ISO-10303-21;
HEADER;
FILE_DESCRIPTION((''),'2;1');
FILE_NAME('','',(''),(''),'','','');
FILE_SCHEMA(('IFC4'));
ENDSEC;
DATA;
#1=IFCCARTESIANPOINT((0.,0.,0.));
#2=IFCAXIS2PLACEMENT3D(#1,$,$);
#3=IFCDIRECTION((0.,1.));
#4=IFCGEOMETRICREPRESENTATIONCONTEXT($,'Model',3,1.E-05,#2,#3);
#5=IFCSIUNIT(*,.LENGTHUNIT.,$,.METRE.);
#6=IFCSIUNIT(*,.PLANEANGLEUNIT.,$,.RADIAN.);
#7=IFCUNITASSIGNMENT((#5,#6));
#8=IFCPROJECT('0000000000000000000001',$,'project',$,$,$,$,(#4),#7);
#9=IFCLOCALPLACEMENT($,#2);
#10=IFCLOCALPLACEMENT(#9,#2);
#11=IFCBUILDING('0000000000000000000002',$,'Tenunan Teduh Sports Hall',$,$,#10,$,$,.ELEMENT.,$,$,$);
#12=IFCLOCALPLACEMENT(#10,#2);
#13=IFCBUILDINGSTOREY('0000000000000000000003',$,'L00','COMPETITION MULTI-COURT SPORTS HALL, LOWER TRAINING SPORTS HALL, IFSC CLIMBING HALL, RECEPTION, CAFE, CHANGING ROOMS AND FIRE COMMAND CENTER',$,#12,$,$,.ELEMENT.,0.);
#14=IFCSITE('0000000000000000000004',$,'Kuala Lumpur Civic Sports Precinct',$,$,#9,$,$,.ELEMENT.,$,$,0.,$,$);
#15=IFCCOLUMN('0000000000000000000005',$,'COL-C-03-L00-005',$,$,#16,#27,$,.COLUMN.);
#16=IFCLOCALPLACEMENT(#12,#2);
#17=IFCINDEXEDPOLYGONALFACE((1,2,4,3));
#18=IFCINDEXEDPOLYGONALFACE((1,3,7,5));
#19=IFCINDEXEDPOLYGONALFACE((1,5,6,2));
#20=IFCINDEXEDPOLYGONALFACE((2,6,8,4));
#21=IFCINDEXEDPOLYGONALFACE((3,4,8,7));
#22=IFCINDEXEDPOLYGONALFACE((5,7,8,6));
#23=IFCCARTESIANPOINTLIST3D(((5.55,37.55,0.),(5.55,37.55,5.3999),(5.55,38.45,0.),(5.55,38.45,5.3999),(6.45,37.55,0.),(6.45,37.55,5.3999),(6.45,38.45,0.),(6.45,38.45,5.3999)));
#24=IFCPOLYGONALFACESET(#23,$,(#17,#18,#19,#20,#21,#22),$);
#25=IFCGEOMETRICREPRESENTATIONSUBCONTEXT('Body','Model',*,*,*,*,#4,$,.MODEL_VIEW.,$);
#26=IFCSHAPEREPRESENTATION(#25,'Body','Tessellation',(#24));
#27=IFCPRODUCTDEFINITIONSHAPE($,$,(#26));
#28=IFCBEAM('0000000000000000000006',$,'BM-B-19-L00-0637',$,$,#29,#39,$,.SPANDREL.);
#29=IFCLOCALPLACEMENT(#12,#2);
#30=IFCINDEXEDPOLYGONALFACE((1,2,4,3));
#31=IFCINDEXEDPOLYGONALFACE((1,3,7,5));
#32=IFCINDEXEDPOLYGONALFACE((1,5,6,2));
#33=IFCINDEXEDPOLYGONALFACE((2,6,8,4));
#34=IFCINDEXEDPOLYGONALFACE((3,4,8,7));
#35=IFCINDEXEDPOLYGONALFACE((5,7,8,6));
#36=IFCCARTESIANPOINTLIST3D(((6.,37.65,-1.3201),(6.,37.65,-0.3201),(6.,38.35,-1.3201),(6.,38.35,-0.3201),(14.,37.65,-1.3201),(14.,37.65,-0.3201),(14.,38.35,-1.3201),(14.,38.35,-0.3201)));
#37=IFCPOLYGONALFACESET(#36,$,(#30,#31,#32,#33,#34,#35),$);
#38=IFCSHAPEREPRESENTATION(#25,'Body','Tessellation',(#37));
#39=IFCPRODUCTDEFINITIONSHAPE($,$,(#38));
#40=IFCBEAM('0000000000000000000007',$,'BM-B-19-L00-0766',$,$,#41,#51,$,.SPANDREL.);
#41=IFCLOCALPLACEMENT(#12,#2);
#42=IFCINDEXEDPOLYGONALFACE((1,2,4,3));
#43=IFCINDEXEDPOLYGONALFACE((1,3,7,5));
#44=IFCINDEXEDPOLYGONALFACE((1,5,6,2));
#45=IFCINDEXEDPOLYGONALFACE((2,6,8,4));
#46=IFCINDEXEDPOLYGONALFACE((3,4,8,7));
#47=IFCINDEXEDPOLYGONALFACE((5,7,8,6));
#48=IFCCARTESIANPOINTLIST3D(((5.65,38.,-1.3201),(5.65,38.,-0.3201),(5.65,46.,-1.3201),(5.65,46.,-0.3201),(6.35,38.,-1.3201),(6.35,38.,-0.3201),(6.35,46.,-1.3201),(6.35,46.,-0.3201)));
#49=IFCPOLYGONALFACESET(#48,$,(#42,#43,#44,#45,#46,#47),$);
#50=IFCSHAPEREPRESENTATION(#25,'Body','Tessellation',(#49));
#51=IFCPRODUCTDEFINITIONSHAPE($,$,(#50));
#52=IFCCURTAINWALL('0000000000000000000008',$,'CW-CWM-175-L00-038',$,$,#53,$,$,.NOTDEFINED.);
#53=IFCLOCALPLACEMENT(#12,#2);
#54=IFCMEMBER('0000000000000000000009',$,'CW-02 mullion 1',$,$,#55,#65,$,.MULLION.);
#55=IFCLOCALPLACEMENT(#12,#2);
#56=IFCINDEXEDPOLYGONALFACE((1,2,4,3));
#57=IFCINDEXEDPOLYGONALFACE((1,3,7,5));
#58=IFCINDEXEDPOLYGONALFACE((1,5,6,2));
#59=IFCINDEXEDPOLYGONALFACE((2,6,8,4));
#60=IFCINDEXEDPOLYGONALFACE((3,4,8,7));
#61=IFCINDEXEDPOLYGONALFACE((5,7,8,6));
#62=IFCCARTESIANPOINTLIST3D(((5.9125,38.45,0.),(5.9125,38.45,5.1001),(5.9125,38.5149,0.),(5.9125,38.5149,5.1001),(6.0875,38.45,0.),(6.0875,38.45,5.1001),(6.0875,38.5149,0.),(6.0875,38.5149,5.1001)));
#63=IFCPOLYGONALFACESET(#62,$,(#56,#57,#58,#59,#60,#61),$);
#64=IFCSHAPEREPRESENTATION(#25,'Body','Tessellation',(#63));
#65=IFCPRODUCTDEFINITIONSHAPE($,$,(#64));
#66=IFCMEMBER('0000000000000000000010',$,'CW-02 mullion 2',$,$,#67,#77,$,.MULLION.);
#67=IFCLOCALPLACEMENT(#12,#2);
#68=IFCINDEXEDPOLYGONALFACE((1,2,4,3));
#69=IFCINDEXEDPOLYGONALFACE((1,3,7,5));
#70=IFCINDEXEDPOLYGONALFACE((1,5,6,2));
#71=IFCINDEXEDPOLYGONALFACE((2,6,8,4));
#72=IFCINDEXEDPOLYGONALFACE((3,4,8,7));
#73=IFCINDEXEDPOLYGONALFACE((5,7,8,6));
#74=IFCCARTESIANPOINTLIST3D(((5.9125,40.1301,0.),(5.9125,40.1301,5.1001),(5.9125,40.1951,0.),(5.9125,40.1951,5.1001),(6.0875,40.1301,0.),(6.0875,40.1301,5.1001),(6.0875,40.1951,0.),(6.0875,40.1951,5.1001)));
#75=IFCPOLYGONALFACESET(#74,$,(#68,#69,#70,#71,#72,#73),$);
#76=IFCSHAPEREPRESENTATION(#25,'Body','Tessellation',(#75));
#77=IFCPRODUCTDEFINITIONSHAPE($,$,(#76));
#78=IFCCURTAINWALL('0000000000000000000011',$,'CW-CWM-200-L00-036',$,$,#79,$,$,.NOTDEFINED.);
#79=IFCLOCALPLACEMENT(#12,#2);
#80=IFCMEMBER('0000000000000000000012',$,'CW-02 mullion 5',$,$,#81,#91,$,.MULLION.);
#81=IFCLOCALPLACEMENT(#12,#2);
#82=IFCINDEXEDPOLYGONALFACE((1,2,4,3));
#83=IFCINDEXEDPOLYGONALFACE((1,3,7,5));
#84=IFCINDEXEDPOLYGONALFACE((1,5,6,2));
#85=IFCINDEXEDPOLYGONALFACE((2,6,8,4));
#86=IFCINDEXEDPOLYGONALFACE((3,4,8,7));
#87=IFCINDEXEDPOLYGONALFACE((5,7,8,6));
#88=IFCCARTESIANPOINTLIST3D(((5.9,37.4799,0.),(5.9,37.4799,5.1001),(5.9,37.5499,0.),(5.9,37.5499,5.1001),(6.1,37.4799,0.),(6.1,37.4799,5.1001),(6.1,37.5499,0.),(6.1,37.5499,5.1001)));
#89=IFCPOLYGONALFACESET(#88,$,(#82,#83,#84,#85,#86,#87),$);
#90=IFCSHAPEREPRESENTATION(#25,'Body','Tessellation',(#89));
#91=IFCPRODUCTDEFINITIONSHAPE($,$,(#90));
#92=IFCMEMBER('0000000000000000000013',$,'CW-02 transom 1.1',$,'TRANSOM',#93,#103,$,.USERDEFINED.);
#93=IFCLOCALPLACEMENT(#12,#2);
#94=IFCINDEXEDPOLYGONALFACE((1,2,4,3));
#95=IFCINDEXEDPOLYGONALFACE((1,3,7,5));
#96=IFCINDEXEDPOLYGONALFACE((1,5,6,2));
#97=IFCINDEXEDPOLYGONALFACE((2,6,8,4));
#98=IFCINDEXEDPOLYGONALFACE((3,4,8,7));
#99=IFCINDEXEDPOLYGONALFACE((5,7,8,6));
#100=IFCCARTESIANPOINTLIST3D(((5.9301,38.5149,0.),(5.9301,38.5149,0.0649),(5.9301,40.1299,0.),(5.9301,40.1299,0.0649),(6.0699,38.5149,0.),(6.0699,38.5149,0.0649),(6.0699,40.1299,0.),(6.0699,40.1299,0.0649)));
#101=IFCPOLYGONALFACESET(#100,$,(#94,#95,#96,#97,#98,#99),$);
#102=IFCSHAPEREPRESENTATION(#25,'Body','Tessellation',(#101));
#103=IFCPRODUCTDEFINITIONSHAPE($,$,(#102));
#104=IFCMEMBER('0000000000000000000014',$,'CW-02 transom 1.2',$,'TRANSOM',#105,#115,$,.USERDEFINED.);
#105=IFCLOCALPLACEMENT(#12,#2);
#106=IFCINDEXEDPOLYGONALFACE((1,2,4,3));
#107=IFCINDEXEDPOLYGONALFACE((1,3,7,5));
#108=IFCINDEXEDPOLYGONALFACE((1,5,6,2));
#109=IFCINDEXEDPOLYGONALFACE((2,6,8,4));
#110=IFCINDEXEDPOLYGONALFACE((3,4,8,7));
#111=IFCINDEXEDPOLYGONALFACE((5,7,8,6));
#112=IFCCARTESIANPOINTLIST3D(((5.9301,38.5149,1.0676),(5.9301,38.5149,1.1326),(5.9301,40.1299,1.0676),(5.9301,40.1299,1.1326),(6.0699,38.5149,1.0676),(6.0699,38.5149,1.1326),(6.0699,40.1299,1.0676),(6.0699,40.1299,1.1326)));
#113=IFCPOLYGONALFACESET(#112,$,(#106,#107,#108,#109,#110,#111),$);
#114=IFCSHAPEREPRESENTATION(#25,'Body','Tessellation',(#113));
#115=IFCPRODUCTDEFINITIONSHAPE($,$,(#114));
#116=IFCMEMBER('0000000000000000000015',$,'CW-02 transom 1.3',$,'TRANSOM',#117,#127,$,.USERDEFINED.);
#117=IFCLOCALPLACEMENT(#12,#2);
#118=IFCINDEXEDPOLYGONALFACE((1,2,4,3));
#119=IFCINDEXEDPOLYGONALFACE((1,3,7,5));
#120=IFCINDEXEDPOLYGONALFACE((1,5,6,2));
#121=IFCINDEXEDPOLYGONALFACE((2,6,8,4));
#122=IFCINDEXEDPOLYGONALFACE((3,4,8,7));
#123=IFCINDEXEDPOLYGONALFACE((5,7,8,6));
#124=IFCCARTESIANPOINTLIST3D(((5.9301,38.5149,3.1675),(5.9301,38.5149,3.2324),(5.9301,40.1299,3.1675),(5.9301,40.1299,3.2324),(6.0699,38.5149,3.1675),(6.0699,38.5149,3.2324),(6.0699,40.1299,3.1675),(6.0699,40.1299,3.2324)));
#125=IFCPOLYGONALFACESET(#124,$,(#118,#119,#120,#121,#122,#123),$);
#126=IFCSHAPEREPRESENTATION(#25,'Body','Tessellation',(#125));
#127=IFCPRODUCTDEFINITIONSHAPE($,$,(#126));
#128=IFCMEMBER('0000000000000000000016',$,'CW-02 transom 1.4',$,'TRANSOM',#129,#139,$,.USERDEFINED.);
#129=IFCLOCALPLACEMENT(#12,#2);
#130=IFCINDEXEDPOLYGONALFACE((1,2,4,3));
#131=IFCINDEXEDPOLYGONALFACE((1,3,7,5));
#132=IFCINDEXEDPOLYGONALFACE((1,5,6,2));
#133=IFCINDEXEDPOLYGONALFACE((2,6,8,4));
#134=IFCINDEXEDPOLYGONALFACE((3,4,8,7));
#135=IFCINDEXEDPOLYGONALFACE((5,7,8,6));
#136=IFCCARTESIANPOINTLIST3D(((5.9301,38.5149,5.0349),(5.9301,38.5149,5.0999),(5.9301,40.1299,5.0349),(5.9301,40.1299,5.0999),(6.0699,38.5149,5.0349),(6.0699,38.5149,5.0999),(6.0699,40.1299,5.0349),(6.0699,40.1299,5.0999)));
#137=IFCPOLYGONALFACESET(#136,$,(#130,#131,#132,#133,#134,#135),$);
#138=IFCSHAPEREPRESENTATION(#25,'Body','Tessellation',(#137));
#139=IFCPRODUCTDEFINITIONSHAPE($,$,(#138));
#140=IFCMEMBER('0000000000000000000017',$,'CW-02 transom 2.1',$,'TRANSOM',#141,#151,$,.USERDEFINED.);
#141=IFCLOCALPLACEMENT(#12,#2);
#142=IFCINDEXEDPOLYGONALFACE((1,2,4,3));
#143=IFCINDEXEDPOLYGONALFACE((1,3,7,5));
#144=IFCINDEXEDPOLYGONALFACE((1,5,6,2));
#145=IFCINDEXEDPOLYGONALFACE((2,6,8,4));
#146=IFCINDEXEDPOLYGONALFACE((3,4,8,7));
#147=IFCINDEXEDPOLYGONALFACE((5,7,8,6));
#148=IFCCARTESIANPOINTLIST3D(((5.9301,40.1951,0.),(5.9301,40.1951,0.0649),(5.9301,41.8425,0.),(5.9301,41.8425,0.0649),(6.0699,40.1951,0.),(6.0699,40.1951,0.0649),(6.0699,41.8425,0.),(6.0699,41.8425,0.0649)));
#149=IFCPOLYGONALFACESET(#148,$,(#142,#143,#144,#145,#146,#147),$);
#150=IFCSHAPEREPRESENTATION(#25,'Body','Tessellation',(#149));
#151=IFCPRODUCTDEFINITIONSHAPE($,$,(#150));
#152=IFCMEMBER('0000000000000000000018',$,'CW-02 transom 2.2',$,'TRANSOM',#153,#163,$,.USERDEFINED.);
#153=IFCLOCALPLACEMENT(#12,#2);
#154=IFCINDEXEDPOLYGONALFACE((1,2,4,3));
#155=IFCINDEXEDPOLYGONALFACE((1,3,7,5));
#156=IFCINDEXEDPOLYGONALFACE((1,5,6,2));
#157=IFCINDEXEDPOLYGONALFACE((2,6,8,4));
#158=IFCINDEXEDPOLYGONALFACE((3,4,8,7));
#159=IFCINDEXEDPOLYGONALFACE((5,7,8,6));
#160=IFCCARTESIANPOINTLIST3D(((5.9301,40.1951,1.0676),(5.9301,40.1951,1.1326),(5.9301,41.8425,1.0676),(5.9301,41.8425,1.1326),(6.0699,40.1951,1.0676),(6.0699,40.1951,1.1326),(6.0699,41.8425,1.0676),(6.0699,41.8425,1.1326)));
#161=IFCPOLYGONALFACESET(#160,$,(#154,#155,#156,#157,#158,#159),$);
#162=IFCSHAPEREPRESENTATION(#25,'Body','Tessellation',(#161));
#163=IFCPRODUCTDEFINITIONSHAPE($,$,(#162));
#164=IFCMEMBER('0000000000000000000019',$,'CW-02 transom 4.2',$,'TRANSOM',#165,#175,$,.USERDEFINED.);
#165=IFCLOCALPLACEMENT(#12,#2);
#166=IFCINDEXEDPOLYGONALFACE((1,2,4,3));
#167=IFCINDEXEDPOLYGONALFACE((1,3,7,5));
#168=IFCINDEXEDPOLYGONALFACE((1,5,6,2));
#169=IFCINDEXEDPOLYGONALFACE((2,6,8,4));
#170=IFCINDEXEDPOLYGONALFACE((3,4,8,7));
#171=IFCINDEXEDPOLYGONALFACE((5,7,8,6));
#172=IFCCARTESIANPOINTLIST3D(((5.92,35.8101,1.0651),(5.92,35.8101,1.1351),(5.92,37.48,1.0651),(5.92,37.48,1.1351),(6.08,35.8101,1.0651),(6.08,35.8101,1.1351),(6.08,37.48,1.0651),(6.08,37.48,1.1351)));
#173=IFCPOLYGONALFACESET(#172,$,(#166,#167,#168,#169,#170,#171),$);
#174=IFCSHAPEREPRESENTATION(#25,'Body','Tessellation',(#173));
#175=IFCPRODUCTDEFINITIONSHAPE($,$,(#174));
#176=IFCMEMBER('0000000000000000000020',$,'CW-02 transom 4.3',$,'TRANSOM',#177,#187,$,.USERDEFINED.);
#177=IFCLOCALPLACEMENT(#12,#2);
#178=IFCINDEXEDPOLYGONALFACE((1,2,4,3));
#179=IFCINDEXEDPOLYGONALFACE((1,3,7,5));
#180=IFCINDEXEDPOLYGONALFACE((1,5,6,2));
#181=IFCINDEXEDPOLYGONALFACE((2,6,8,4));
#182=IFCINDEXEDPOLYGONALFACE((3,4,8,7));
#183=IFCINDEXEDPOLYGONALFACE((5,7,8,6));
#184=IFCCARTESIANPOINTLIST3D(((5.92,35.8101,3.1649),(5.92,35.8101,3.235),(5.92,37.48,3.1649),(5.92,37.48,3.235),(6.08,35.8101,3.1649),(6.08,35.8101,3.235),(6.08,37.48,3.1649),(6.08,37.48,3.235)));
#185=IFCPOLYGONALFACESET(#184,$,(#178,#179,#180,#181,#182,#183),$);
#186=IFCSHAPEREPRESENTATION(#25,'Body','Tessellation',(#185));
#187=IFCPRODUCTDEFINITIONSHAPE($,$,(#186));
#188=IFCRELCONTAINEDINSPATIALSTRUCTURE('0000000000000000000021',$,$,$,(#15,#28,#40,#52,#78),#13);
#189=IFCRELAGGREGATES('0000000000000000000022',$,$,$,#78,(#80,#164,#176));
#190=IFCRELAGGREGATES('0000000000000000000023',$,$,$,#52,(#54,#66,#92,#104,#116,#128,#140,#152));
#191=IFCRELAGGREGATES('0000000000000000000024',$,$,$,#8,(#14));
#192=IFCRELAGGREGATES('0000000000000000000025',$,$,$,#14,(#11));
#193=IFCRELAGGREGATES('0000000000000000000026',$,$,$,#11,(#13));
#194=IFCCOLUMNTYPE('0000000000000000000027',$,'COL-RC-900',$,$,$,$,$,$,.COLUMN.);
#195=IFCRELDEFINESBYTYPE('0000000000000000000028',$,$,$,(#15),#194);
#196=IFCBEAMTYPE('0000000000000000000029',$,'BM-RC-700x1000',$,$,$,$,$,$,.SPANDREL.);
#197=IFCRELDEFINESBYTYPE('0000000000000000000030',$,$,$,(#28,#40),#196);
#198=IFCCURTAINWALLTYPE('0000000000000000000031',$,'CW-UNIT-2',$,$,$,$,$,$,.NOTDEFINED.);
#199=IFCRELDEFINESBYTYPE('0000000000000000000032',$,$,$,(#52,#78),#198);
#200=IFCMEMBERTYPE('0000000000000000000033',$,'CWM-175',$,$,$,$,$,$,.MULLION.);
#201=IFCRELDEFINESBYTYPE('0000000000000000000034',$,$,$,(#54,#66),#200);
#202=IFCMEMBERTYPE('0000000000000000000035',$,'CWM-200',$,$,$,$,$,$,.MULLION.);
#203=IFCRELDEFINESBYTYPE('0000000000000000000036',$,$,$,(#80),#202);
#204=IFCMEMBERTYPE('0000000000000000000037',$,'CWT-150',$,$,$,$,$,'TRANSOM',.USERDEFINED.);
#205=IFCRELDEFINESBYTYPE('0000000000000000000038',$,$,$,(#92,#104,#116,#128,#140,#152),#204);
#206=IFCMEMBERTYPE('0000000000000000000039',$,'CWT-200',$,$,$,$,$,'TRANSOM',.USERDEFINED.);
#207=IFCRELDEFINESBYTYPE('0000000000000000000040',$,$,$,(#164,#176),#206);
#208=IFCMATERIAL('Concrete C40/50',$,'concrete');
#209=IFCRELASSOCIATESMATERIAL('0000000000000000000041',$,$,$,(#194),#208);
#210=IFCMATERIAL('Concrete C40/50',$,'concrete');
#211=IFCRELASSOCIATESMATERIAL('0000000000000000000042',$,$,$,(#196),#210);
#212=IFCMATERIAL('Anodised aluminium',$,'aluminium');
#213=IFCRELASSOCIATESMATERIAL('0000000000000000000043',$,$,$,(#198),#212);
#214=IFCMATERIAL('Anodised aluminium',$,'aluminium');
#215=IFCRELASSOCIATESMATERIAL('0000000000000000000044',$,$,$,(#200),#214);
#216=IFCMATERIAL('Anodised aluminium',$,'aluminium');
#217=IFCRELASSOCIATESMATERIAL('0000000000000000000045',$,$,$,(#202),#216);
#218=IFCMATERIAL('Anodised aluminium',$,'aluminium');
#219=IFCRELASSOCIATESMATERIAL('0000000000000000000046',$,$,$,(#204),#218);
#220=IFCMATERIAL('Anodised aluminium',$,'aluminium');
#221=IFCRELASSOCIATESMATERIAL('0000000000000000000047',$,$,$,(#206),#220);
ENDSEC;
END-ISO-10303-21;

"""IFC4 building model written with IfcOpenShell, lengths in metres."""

from ifc_helpers import new_model, si_unit, direction, frame, origin, origin_2d, place, context, subcontext, project, spatial, rectangle, extrude, material, material_profile, profile_set, type_object, element, aggregate, save


model = new_model("IFC4")

# Units and contexts
model_context = context("Model", 3, precision=1e-05, world=origin(), true_north=direction((0.0, 1.0)))
body_context = subcontext(model_context, "Body", "Model", "MODEL_VIEW")
ifc_project = project(units=[si_unit("LENGTHUNIT", "METRE"), si_unit("PLANEANGLEUNIT", "RADIAN")], contexts=[model_context])

# Site, building, storey
site_placement = place(None, origin())
site = spatial("IfcSite", under=ifc_project, at=site_placement, Name="Kuala Lumpur Civic Sports Precinct", CompositionType="ELEMENT", RefElevation=0.0)
building_placement = place(site_placement, origin())
building = spatial("IfcBuilding", under=site, at=building_placement, Name="Tenunan Teduh Sports Hall", CompositionType="ELEMENT")
storey_placement = place(building_placement, origin())
storey = spatial("IfcBuildingStorey", under=building, at=storey_placement, Name="L00", Description="COMPETITION MULTI-COURT SPORTS HALL, LOWER TRAINING SPORTS HALL, IFSC CLIMBING HALL, RECEPTION, CAFE, CHANGING ROOMS AND FIRE COMMAND CENTER", CompositionType="ELEMENT", Elevation=0.0)

# Column
ifc_material_1 = material(Name="Concrete C40/50", Category="concrete")
ifc_material_profile_1 = material_profile(ifc_material_1, rectangle(XDim=0.8999, YDim=0.8999, at=origin_2d()), Name="RC 900x900")
ifc_profile_set_1 = profile_set([ifc_material_profile_1], Name="Concrete C40/50")
column_type = type_object("IfcColumnType", Name="COL-RC-900", PredefinedType="COLUMN", material=ifc_profile_set_1)
column_placement = place(storey_placement, frame((6.0, 38.0, 0.0), z_axis=(0.0, 0.0, 1.0), x_axis=(1.0, 0.0, 0.0)))
element("IfcColumn", 1, at=column_placement, inside=storey, type_object=column_type, Name="COL-C-03-L00-005", PredefinedType="COLUMN", context=body_context, shape_type="SweptSolid", body=[
    extrude(rectangle(XDim=0.8999, YDim=0.8999, at=origin_2d()), origin(), (0.0, 0.0, 1.0), 5.3999),
])

# Beams
ifc_material_2 = material(Name="Concrete C40/50", Category="concrete")
ifc_material_profile_2 = material_profile(ifc_material_2, rectangle(XDim=0.7, YDim=1.0, at=origin_2d()), Name="RCB 700x1000")
ifc_profile_set_2 = profile_set([ifc_material_profile_2], Name="Concrete C40/50")
beam_type = type_object("IfcBeamType", Name="BM-RC-700x1000", PredefinedType="SPANDREL", material=ifc_profile_set_2)
for number, where, z_axis, x_axis, name in (
    (2, (6.0, 38.0, -0.8201), (1.0, 0.0, 0.0), (0.0, 1.0, 0.0), "BM-B-19-L00-0637"),
    (3, (6.0, 38.0, -0.8201), (0.0, 1.0, 0.0), (-1.0, 0.0, 0.0), "BM-B-19-L00-0766"),
):
    element("IfcBeam", number, at=place(storey_placement, frame(where, z_axis=z_axis, x_axis=x_axis)), inside=storey, type_object=beam_type, Name=name, PredefinedType="SPANDREL", context=body_context, shape_type="SweptSolid", body=[
        extrude(rectangle(XDim=0.7, YDim=1.0, at=origin_2d()), origin(), (0.0, 0.0, 1.0), 8.0),
    ])

# Curtain wall, members
ifc_material_3 = material(Name="Anodised aluminium", Category="aluminium")
curtain_wall_type = type_object("IfcCurtainWallType", Name="CW-UNIT-2", PredefinedType="NOTDEFINED", material=ifc_material_3)
curtain_wall_1_placement = place(storey_placement, origin())
curtain_wall_1 = element("IfcCurtainWall", 4, at=curtain_wall_1_placement, inside=storey, type_object=curtain_wall_type, Name="CW-CWM-175-L00-038", PredefinedType="NOTDEFINED")
ifc_material_4 = material(Name="Anodised aluminium", Category="aluminium")
ifc_material_profile_3 = material_profile(ifc_material_4, rectangle(XDim=0.0649, YDim=0.175, at=origin_2d()), Name="CWM 65x175")
ifc_profile_set_3 = profile_set([ifc_material_profile_3], Name="Anodised aluminium")
member_type_1 = type_object("IfcMemberType", Name="CWM-175", PredefinedType="MULLION", material=ifc_profile_set_3)
member_1_placement = place(storey_placement, frame((6.0, 38.4824, 0.0), z_axis=(0.0, 0.0, 1.0), x_axis=(0.0, 1.0, 0.0)))
member_1 = element("IfcMember", 5, at=member_1_placement, type_object=member_type_1, Name="CW-02 mullion 1", PredefinedType="MULLION", context=body_context, shape_type="SweptSolid", body=[
    extrude(rectangle(XDim=0.0649, YDim=0.175, at=origin_2d()), origin(), (0.0, 0.0, 1.0), 5.1001),
])
member_2_placement = place(storey_placement, frame((6.0, 40.1626, 0.0), z_axis=(0.0, 0.0, 1.0), x_axis=(0.0, 1.0, 0.0)))
member_2 = element("IfcMember", 6, at=member_2_placement, type_object=member_type_1, Name="CW-02 mullion 2", PredefinedType="MULLION", context=body_context, shape_type="SweptSolid", body=[
    extrude(rectangle(XDim=0.0649, YDim=0.175, at=origin_2d()), origin(), (0.0, 0.0, 1.0), 5.1001),
])

# Curtain wall, member
curtain_wall_2_placement = place(storey_placement, origin())
curtain_wall_2 = element("IfcCurtainWall", 7, at=curtain_wall_2_placement, inside=storey, type_object=curtain_wall_type, Name="CW-CWM-200-L00-036", PredefinedType="NOTDEFINED")
ifc_material_5 = material(Name="Anodised aluminium", Category="aluminium")
ifc_material_profile_4 = material_profile(ifc_material_5, rectangle(XDim=0.0701, YDim=0.2, at=origin_2d()), Name="CWM 70x200")
ifc_profile_set_4 = profile_set([ifc_material_profile_4], Name="Anodised aluminium")
member_type_2 = type_object("IfcMemberType", Name="CWM-200", PredefinedType="MULLION", material=ifc_profile_set_4)
member_3_placement = place(storey_placement, frame((6.0, 37.5149, 0.0), z_axis=(0.0, 0.0, 1.0), x_axis=(0.0, 1.0, 0.0)))
member_3 = element("IfcMember", 8, at=member_3_placement, type_object=member_type_2, Name="CW-02 mullion 5", PredefinedType="MULLION", context=body_context, shape_type="SweptSolid", body=[
    extrude(rectangle(XDim=0.0701, YDim=0.2, at=origin_2d()), origin(), (0.0, 0.0, 1.0), 5.1001),
])

# Members
ifc_material_6 = material(Name="Anodised aluminium", Category="aluminium")
ifc_material_profile_5 = material_profile(ifc_material_6, rectangle(XDim=0.0649, YDim=0.1399, at=origin_2d()), Name="CWT 65x140")
ifc_profile_set_5 = profile_set([ifc_material_profile_5], Name="Anodised aluminium")
member_type_3 = type_object("IfcMemberType", Name="CWT-150", ElementType="TRANSOM", PredefinedType="USERDEFINED", material=ifc_profile_set_5)
member_4_placement = place(storey_placement, frame((6.0, 38.5149, 0.0325), z_axis=(0.0, 1.0, 0.0), x_axis=(0.0, 0.0, 1.0)))
member_4 = element("IfcMember", 9, at=member_4_placement, type_object=member_type_3, Name="CW-02 transom 1.1", ObjectType="TRANSOM", PredefinedType="USERDEFINED", context=body_context, shape_type="SweptSolid", body=[
    extrude(rectangle(XDim=0.0649, YDim=0.1399, at=origin_2d()), origin(), (0.0, 0.0, 1.0), 1.615),
])
member_5_placement = place(storey_placement, frame((6.0, 38.5149, 1.1001), z_axis=(0.0, 1.0, 0.0), x_axis=(0.0, 0.0, 1.0)))
member_5 = element("IfcMember", 10, at=member_5_placement, type_object=member_type_3, Name="CW-02 transom 1.2", ObjectType="TRANSOM", PredefinedType="USERDEFINED", context=body_context, shape_type="SweptSolid", body=[
    extrude(rectangle(XDim=0.0649, YDim=0.1399, at=origin_2d()), origin(), (0.0, 0.0, 1.0), 1.615),
])
member_6_placement = place(storey_placement, frame((6.0, 38.5149, 3.2), z_axis=(0.0, 1.0, 0.0), x_axis=(0.0, 0.0, 1.0)))
member_6 = element("IfcMember", 11, at=member_6_placement, type_object=member_type_3, Name="CW-02 transom 1.3", ObjectType="TRANSOM", PredefinedType="USERDEFINED", context=body_context, shape_type="SweptSolid", body=[
    extrude(rectangle(XDim=0.0649, YDim=0.1399, at=origin_2d()), origin(), (0.0, 0.0, 1.0), 1.615),
])
member_7_placement = place(storey_placement, frame((6.0, 38.5149, 5.0674), z_axis=(0.0, 1.0, 0.0), x_axis=(0.0, 0.0, 1.0)))
member_7 = element("IfcMember", 12, at=member_7_placement, type_object=member_type_3, Name="CW-02 transom 1.4", ObjectType="TRANSOM", PredefinedType="USERDEFINED", context=body_context, shape_type="SweptSolid", body=[
    extrude(rectangle(XDim=0.0649, YDim=0.1399, at=origin_2d()), origin(), (0.0, 0.0, 1.0), 1.615),
])
member_8_placement = place(storey_placement, frame((6.0, 40.1951, 0.0325), z_axis=(0.0, 1.0, 0.0), x_axis=(0.0, 0.0, 1.0)))
member_8 = element("IfcMember", 13, at=member_8_placement, type_object=member_type_3, Name="CW-02 transom 2.1", ObjectType="TRANSOM", PredefinedType="USERDEFINED", context=body_context, shape_type="SweptSolid", body=[
    extrude(rectangle(XDim=0.0649, YDim=0.1399, at=origin_2d()), origin(), (0.0, 0.0, 1.0), 1.6475),
])
member_9_placement = place(storey_placement, frame((6.0, 40.1951, 1.1001), z_axis=(0.0, 1.0, 0.0), x_axis=(0.0, 0.0, 1.0)))
member_9 = element("IfcMember", 14, at=member_9_placement, type_object=member_type_3, Name="CW-02 transom 2.2", ObjectType="TRANSOM", PredefinedType="USERDEFINED", context=body_context, shape_type="SweptSolid", body=[
    extrude(rectangle(XDim=0.0649, YDim=0.1399, at=origin_2d()), origin(), (0.0, 0.0, 1.0), 1.6475),
])
ifc_material_7 = material(Name="Anodised aluminium", Category="aluminium")
ifc_material_profile_6 = material_profile(ifc_material_7, rectangle(XDim=0.0701, YDim=0.1599, at=origin_2d()), Name="CWT 70x160")
ifc_profile_set_6 = profile_set([ifc_material_profile_6], Name="Anodised aluminium")
member_type_4 = type_object("IfcMemberType", Name="CWT-200", ElementType="TRANSOM", PredefinedType="USERDEFINED", material=ifc_profile_set_6)
member_10_placement = place(storey_placement, frame((6.0, 35.8101, 1.1001), z_axis=(0.0, 1.0, 0.0), x_axis=(0.0, 0.0, 1.0)))
member_10 = element("IfcMember", 15, at=member_10_placement, type_object=member_type_4, Name="CW-02 transom 4.2", ObjectType="TRANSOM", PredefinedType="USERDEFINED", context=body_context, shape_type="SweptSolid", body=[
    extrude(rectangle(XDim=0.0701, YDim=0.1599, at=origin_2d()), origin(), (0.0, 0.0, 1.0), 1.6699),
])
member_11_placement = place(storey_placement, frame((6.0, 35.8101, 3.2), z_axis=(0.0, 1.0, 0.0), x_axis=(0.0, 0.0, 1.0)))
member_11 = element("IfcMember", 16, at=member_11_placement, type_object=member_type_4, Name="CW-02 transom 4.3", ObjectType="TRANSOM", PredefinedType="USERDEFINED", context=body_context, shape_type="SweptSolid", body=[
    extrude(rectangle(XDim=0.0701, YDim=0.1599, at=origin_2d()), origin(), (0.0, 0.0, 1.0), 1.6699),
])

aggregate(curtain_wall_2, [member_3, member_10, member_11])
aggregate(curtain_wall_1, [member_1, member_2, member_4, member_5, member_6, member_7, member_8, member_9])

save(model, "model.ifc")
